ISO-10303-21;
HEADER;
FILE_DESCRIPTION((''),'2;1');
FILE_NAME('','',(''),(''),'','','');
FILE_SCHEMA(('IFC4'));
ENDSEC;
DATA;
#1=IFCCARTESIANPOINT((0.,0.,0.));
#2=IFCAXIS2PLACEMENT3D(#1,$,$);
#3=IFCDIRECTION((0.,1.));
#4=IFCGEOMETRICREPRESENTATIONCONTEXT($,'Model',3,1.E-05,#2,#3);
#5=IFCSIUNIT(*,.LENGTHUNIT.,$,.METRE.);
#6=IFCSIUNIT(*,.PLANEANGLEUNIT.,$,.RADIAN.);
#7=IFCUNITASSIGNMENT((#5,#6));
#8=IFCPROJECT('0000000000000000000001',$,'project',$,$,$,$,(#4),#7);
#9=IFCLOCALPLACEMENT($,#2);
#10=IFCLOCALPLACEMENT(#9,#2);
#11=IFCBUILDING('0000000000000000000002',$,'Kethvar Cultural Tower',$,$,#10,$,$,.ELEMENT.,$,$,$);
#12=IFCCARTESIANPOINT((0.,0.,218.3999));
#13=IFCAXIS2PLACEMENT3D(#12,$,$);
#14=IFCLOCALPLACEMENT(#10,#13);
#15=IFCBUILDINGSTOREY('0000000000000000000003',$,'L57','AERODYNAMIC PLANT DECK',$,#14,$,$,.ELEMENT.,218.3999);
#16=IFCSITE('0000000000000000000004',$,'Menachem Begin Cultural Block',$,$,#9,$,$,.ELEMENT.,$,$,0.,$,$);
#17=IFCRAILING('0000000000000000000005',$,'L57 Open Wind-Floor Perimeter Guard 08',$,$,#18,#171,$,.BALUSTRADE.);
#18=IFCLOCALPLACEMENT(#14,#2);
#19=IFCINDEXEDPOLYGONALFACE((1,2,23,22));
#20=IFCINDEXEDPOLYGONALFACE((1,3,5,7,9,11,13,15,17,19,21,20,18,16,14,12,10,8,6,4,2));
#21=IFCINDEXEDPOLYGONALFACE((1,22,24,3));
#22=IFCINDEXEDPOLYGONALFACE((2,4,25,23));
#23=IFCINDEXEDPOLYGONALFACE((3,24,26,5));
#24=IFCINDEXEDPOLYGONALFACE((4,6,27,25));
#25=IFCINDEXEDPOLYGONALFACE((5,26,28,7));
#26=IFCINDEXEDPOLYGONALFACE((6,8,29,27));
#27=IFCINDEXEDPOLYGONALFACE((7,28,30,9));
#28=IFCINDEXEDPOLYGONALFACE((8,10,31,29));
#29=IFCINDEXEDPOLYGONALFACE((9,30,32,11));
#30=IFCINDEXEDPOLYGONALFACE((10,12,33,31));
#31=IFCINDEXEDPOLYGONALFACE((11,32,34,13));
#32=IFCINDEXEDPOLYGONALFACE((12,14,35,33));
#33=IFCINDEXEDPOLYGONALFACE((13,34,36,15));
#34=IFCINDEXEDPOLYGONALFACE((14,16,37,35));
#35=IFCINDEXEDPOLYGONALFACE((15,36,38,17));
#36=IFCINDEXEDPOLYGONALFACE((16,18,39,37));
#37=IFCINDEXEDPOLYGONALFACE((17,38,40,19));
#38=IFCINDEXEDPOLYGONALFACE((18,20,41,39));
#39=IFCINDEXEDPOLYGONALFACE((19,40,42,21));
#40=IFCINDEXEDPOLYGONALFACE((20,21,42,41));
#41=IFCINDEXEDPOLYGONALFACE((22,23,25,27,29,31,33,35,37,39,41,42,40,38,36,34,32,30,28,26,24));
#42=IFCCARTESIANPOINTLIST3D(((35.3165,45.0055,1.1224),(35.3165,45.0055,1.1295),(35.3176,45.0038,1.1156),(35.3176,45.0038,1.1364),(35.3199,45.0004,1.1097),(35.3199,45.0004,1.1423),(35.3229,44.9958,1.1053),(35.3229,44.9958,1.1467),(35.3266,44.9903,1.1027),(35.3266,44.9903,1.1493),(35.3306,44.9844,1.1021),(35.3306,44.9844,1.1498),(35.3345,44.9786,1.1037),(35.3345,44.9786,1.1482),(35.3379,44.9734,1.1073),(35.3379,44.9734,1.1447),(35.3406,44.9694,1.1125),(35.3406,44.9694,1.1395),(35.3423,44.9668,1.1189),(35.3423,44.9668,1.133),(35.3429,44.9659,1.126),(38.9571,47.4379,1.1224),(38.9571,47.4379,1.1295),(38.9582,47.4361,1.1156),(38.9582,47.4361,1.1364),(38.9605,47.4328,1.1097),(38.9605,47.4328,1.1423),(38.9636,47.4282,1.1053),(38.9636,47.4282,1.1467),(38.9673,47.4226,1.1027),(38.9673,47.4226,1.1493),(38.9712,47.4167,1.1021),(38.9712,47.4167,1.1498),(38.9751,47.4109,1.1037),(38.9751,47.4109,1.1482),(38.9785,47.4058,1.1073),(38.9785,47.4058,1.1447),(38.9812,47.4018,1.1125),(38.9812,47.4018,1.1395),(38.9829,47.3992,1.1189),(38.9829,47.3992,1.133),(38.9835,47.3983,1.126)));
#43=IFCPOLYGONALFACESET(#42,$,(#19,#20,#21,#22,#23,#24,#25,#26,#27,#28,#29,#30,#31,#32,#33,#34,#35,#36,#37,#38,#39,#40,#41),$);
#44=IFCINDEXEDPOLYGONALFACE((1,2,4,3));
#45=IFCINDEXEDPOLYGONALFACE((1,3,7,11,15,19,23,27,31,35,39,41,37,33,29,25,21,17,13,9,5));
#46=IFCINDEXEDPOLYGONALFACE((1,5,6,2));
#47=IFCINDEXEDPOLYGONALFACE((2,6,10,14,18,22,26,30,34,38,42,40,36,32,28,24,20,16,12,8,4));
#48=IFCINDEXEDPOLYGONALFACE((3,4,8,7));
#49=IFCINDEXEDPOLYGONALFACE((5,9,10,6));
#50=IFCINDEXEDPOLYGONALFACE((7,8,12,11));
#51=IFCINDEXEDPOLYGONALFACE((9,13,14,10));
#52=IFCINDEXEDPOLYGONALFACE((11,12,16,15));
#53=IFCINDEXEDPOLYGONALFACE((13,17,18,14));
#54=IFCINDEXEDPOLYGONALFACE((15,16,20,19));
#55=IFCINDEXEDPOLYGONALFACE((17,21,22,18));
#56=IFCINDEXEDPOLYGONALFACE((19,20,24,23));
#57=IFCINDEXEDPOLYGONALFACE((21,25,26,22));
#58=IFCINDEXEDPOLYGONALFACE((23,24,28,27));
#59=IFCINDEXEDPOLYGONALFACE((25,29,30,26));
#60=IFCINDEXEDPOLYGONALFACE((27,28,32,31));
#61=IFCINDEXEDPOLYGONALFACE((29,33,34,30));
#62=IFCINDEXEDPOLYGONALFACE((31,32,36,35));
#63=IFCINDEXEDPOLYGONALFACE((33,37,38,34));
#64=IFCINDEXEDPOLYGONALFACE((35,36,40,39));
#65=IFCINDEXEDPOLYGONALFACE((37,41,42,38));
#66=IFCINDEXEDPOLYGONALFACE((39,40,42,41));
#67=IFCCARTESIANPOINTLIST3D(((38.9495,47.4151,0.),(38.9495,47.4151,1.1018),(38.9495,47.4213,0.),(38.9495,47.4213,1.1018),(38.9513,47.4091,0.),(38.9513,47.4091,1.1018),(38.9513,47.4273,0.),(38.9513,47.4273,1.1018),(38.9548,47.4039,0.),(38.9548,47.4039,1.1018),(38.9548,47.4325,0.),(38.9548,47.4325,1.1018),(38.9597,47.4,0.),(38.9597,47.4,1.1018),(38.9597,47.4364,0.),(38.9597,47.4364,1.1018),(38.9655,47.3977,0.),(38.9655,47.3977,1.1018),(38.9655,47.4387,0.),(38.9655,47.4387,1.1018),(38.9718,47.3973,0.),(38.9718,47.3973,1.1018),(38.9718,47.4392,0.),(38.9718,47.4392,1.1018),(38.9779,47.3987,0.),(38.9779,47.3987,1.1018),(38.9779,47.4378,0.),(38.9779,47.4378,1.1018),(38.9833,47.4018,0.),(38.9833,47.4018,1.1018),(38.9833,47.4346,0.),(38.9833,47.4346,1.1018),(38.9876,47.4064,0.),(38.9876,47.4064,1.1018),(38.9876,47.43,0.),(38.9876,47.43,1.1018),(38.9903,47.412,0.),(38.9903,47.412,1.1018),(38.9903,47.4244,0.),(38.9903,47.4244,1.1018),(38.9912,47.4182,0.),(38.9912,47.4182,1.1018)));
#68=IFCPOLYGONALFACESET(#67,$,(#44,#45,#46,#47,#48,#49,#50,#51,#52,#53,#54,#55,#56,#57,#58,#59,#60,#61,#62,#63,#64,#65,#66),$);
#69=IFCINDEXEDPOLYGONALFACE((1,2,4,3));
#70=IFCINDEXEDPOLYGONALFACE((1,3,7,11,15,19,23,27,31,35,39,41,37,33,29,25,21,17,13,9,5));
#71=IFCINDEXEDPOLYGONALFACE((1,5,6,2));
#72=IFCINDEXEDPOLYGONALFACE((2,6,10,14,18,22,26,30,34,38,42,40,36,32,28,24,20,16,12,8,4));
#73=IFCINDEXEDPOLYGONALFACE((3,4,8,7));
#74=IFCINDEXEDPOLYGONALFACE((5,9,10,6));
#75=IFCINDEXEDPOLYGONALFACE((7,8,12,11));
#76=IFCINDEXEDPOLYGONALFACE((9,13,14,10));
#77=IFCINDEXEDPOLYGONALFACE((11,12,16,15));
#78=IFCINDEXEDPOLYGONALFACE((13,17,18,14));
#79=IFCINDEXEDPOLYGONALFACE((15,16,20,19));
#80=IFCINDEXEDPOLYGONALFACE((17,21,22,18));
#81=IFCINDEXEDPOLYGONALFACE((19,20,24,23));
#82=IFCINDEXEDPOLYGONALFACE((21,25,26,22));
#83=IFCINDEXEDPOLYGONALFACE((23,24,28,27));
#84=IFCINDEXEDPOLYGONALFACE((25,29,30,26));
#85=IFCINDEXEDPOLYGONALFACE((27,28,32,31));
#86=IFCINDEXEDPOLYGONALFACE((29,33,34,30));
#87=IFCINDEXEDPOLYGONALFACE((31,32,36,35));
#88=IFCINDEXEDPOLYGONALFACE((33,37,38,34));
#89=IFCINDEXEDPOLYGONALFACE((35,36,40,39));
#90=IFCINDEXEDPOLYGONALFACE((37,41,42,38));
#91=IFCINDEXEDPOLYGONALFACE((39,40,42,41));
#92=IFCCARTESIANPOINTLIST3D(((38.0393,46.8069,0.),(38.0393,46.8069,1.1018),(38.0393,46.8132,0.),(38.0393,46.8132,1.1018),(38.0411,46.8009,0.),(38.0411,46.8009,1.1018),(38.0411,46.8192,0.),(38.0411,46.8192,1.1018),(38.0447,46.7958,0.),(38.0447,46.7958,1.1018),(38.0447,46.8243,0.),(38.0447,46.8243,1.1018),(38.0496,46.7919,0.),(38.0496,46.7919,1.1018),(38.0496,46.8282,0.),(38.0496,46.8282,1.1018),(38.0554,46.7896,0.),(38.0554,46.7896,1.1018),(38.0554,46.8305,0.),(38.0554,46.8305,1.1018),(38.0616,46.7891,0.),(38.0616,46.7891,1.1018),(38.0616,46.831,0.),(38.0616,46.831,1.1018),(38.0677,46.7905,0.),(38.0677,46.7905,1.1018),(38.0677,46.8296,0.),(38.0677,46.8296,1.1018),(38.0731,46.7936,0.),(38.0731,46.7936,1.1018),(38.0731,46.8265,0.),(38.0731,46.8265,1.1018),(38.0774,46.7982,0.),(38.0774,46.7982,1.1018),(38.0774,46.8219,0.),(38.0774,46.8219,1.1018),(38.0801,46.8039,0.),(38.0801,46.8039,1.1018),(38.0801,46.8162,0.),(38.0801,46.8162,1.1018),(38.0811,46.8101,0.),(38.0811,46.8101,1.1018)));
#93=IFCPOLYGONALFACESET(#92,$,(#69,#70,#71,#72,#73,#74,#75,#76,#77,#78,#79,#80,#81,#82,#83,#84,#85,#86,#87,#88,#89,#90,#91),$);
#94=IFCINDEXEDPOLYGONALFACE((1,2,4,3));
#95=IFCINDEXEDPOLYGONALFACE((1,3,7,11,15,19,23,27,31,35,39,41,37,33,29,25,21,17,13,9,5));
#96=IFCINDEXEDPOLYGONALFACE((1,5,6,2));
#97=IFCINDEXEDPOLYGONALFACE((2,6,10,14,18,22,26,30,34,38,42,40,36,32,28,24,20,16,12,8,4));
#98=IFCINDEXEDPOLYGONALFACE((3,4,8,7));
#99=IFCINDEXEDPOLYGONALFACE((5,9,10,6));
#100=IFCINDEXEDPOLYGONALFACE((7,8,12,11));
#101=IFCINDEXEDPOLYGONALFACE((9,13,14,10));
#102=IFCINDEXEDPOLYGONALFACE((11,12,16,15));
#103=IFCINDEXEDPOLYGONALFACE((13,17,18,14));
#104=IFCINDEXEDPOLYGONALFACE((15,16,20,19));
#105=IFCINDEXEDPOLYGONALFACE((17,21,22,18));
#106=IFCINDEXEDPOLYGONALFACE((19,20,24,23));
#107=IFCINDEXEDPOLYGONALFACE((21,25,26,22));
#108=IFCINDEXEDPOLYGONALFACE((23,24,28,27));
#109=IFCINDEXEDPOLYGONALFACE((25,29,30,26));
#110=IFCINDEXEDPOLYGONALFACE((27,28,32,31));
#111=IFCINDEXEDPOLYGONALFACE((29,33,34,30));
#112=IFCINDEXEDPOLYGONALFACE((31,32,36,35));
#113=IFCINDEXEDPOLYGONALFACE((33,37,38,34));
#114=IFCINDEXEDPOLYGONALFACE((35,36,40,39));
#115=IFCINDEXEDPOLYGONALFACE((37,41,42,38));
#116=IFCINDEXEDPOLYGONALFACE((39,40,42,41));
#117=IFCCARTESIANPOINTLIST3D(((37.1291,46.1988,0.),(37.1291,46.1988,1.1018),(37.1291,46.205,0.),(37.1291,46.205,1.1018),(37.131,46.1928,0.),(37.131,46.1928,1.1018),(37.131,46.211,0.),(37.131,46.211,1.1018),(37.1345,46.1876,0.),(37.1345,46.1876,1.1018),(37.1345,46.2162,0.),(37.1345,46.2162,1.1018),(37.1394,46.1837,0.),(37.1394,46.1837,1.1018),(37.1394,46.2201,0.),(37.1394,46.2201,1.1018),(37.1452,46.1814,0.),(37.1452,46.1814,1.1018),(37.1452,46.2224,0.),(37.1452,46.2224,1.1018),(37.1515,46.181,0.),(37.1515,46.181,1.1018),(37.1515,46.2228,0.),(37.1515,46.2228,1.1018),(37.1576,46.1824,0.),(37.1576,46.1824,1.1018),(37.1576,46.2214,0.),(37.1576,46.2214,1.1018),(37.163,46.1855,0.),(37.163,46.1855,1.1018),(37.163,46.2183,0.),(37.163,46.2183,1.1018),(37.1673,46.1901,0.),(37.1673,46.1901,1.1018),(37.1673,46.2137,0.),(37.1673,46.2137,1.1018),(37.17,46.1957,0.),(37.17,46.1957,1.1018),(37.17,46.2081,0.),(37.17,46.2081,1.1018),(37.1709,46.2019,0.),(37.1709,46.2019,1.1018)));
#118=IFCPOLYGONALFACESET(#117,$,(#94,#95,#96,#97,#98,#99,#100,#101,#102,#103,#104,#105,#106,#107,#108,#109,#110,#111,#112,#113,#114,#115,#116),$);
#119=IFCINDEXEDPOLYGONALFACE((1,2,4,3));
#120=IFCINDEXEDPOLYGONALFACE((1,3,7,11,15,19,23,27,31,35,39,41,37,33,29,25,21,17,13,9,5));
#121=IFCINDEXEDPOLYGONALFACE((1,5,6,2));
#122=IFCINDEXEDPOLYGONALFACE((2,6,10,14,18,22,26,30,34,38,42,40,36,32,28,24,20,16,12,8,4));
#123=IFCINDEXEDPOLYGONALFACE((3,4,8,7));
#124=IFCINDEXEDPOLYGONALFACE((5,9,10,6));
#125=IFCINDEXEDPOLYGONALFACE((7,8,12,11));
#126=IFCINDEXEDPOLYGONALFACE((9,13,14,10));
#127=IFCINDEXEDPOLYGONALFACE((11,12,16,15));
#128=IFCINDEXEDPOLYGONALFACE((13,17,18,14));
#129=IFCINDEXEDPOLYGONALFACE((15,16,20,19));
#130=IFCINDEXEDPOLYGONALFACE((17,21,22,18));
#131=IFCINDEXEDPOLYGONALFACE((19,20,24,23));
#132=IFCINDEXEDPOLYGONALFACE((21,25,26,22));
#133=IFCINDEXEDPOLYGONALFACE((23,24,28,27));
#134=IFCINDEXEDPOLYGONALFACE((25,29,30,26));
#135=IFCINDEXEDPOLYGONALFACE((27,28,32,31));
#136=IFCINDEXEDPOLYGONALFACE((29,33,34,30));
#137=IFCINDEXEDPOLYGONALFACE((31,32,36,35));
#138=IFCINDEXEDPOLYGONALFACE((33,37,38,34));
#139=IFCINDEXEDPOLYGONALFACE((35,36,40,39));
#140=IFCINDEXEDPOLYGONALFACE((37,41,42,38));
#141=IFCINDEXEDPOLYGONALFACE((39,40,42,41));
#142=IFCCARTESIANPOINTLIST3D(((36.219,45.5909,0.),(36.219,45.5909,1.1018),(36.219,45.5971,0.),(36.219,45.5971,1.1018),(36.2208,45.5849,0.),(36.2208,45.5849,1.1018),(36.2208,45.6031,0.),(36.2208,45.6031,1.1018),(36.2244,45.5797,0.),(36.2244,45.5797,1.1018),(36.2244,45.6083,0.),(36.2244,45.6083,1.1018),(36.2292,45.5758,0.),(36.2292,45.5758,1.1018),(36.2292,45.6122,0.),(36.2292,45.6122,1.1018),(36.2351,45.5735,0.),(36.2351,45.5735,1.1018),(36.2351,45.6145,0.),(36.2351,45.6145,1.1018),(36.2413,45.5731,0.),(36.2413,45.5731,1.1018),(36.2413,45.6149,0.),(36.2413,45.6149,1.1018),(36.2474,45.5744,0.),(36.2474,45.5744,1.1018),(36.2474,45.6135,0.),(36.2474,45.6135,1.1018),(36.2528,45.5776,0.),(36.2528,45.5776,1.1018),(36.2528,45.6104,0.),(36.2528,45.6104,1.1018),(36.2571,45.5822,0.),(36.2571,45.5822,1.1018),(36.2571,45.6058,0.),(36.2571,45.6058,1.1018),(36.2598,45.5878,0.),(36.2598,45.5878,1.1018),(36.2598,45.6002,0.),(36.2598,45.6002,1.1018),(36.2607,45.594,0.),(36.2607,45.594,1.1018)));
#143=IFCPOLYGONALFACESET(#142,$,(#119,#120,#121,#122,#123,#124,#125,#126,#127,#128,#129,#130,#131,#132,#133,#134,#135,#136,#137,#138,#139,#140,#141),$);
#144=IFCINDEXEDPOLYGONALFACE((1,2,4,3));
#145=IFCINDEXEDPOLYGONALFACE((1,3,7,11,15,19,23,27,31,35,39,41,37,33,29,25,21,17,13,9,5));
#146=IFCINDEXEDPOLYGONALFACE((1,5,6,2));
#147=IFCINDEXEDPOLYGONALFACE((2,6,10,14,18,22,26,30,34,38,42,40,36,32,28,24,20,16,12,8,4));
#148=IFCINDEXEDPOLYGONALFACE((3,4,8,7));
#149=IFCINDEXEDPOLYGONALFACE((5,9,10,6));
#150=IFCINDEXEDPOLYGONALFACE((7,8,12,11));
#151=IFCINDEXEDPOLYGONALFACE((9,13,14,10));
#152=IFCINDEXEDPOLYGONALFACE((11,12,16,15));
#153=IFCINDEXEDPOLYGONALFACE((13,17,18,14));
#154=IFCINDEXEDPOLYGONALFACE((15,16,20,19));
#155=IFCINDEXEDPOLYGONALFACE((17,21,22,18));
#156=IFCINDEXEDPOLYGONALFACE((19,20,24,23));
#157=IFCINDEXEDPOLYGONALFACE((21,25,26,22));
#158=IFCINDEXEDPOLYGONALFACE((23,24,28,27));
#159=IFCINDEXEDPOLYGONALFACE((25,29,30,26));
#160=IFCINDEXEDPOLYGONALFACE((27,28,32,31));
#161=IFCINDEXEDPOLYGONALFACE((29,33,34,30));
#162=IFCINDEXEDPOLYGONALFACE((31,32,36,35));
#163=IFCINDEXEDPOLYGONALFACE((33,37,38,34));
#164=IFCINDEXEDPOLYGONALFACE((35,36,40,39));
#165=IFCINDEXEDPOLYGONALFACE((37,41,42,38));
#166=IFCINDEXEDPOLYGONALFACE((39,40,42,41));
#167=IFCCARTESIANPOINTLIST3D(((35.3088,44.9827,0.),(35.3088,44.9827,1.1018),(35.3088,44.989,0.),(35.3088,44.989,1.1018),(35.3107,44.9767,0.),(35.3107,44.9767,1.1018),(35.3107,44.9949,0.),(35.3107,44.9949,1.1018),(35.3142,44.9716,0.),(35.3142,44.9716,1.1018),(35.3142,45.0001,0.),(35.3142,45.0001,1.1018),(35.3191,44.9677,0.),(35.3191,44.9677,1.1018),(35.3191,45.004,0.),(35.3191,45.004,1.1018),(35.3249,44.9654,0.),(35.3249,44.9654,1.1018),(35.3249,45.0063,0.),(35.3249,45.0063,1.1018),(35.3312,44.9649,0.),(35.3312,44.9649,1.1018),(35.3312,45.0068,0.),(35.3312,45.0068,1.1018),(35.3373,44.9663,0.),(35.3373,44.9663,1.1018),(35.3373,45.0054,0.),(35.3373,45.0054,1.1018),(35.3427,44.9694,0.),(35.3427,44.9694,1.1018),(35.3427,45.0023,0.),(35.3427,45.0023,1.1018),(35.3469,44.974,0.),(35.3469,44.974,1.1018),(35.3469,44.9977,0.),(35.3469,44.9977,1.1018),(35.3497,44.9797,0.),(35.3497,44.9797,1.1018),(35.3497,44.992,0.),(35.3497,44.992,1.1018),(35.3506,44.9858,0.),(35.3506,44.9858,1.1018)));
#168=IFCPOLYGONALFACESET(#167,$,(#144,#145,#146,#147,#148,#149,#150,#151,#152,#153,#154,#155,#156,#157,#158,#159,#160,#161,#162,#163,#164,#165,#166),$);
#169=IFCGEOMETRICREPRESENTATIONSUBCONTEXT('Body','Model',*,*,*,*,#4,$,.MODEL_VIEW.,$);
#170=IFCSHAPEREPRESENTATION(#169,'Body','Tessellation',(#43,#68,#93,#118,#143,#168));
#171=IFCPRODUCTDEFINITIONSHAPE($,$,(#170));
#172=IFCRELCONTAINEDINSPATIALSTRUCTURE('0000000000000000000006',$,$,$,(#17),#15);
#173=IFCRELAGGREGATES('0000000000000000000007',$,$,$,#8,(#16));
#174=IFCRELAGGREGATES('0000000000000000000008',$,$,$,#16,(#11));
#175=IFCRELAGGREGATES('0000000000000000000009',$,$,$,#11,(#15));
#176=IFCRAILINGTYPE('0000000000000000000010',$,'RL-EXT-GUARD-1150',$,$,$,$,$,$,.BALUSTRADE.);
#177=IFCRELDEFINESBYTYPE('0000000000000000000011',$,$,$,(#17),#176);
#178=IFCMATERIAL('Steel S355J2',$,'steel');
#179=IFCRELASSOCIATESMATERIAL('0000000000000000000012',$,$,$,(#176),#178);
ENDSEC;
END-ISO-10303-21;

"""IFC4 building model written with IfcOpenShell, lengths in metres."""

from ifc_helpers import new_model, si_unit, direction, frame, origin, origin_2d, place, context, subcontext, project, spatial, circle, extrude, material, type_object, element, save


model = new_model("IFC4")

# Units and contexts
model_context = context("Model", 3, precision=1e-05, world=origin(), true_north=direction((0.0, 1.0)))
body_context = subcontext(model_context, "Body", "Model", "MODEL_VIEW")
ifc_project = project(units=[si_unit("LENGTHUNIT", "METRE"), si_unit("PLANEANGLEUNIT", "RADIAN")], contexts=[model_context])

# Site, building, storey
site_placement = place(None, origin())
site = spatial("IfcSite", under=ifc_project, at=site_placement, Name="Menachem Begin Cultural Block", CompositionType="ELEMENT", RefElevation=0.0)
building_placement = place(site_placement, origin())
building = spatial("IfcBuilding", under=site, at=building_placement, Name="Kethvar Cultural Tower", CompositionType="ELEMENT")
storey_placement = place(building_placement, frame((0.0, 0.0, 218.3999)))
storey = spatial("IfcBuildingStorey", under=building, at=storey_placement, Name="L57", Description="AERODYNAMIC PLANT DECK", CompositionType="ELEMENT", Elevation=218.3999)

# Shared definitions
ifc_material_1 = material(Name="Steel S355J2", Category="steel")

# Railing
railing_type = type_object("IfcRailingType", Name="RL-EXT-GUARD-1150", PredefinedType="BALUSTRADE", material=ifc_material_1)
railing_1_placement = place(storey_placement, frame((38.9702, 47.4182, 0.0)))
element("IfcRailing", 1, at=railing_1_placement, inside=storey, type_object=railing_type, Name="L57 Open Wind-Floor Perimeter Guard 08", PredefinedType="BALUSTRADE", context=body_context, shape_type="SweptSolid", body=[
    extrude(circle(Radius=0.0239, at=origin_2d()), frame((0.0, 0.0, 1.126), z_axis=(-0.831492, -0.555536, 0.0), x_axis=(0.555536, -0.831492, 0.0)), (0.0, 0.0, 1.0), 4.3784),
    extrude(circle(Radius=0.021, at=origin_2d()), origin(), (0.0, 0.0, 1.0), 1.1018),
    extrude(circle(Radius=0.021, at=origin_2d()), frame((-0.9102, -0.6082, 0.0)), (0.0, 0.0, 1.0), 1.1018),
    extrude(circle(Radius=0.021, at=origin_2d()), frame((-1.8203, -1.2163, 0.0)), (0.0, 0.0, 1.0), 1.1018),
    extrude(circle(Radius=0.021, at=origin_2d()), frame((-2.7305, -1.8242, 0.0)), (0.0, 0.0, 1.0), 1.1018),
    extrude(circle(Radius=0.021, at=origin_2d()), frame((-3.6406, -2.4324, 0.0)), (0.0, 0.0, 1.0), 1.1018),
])

save(model, "model.ifc")
